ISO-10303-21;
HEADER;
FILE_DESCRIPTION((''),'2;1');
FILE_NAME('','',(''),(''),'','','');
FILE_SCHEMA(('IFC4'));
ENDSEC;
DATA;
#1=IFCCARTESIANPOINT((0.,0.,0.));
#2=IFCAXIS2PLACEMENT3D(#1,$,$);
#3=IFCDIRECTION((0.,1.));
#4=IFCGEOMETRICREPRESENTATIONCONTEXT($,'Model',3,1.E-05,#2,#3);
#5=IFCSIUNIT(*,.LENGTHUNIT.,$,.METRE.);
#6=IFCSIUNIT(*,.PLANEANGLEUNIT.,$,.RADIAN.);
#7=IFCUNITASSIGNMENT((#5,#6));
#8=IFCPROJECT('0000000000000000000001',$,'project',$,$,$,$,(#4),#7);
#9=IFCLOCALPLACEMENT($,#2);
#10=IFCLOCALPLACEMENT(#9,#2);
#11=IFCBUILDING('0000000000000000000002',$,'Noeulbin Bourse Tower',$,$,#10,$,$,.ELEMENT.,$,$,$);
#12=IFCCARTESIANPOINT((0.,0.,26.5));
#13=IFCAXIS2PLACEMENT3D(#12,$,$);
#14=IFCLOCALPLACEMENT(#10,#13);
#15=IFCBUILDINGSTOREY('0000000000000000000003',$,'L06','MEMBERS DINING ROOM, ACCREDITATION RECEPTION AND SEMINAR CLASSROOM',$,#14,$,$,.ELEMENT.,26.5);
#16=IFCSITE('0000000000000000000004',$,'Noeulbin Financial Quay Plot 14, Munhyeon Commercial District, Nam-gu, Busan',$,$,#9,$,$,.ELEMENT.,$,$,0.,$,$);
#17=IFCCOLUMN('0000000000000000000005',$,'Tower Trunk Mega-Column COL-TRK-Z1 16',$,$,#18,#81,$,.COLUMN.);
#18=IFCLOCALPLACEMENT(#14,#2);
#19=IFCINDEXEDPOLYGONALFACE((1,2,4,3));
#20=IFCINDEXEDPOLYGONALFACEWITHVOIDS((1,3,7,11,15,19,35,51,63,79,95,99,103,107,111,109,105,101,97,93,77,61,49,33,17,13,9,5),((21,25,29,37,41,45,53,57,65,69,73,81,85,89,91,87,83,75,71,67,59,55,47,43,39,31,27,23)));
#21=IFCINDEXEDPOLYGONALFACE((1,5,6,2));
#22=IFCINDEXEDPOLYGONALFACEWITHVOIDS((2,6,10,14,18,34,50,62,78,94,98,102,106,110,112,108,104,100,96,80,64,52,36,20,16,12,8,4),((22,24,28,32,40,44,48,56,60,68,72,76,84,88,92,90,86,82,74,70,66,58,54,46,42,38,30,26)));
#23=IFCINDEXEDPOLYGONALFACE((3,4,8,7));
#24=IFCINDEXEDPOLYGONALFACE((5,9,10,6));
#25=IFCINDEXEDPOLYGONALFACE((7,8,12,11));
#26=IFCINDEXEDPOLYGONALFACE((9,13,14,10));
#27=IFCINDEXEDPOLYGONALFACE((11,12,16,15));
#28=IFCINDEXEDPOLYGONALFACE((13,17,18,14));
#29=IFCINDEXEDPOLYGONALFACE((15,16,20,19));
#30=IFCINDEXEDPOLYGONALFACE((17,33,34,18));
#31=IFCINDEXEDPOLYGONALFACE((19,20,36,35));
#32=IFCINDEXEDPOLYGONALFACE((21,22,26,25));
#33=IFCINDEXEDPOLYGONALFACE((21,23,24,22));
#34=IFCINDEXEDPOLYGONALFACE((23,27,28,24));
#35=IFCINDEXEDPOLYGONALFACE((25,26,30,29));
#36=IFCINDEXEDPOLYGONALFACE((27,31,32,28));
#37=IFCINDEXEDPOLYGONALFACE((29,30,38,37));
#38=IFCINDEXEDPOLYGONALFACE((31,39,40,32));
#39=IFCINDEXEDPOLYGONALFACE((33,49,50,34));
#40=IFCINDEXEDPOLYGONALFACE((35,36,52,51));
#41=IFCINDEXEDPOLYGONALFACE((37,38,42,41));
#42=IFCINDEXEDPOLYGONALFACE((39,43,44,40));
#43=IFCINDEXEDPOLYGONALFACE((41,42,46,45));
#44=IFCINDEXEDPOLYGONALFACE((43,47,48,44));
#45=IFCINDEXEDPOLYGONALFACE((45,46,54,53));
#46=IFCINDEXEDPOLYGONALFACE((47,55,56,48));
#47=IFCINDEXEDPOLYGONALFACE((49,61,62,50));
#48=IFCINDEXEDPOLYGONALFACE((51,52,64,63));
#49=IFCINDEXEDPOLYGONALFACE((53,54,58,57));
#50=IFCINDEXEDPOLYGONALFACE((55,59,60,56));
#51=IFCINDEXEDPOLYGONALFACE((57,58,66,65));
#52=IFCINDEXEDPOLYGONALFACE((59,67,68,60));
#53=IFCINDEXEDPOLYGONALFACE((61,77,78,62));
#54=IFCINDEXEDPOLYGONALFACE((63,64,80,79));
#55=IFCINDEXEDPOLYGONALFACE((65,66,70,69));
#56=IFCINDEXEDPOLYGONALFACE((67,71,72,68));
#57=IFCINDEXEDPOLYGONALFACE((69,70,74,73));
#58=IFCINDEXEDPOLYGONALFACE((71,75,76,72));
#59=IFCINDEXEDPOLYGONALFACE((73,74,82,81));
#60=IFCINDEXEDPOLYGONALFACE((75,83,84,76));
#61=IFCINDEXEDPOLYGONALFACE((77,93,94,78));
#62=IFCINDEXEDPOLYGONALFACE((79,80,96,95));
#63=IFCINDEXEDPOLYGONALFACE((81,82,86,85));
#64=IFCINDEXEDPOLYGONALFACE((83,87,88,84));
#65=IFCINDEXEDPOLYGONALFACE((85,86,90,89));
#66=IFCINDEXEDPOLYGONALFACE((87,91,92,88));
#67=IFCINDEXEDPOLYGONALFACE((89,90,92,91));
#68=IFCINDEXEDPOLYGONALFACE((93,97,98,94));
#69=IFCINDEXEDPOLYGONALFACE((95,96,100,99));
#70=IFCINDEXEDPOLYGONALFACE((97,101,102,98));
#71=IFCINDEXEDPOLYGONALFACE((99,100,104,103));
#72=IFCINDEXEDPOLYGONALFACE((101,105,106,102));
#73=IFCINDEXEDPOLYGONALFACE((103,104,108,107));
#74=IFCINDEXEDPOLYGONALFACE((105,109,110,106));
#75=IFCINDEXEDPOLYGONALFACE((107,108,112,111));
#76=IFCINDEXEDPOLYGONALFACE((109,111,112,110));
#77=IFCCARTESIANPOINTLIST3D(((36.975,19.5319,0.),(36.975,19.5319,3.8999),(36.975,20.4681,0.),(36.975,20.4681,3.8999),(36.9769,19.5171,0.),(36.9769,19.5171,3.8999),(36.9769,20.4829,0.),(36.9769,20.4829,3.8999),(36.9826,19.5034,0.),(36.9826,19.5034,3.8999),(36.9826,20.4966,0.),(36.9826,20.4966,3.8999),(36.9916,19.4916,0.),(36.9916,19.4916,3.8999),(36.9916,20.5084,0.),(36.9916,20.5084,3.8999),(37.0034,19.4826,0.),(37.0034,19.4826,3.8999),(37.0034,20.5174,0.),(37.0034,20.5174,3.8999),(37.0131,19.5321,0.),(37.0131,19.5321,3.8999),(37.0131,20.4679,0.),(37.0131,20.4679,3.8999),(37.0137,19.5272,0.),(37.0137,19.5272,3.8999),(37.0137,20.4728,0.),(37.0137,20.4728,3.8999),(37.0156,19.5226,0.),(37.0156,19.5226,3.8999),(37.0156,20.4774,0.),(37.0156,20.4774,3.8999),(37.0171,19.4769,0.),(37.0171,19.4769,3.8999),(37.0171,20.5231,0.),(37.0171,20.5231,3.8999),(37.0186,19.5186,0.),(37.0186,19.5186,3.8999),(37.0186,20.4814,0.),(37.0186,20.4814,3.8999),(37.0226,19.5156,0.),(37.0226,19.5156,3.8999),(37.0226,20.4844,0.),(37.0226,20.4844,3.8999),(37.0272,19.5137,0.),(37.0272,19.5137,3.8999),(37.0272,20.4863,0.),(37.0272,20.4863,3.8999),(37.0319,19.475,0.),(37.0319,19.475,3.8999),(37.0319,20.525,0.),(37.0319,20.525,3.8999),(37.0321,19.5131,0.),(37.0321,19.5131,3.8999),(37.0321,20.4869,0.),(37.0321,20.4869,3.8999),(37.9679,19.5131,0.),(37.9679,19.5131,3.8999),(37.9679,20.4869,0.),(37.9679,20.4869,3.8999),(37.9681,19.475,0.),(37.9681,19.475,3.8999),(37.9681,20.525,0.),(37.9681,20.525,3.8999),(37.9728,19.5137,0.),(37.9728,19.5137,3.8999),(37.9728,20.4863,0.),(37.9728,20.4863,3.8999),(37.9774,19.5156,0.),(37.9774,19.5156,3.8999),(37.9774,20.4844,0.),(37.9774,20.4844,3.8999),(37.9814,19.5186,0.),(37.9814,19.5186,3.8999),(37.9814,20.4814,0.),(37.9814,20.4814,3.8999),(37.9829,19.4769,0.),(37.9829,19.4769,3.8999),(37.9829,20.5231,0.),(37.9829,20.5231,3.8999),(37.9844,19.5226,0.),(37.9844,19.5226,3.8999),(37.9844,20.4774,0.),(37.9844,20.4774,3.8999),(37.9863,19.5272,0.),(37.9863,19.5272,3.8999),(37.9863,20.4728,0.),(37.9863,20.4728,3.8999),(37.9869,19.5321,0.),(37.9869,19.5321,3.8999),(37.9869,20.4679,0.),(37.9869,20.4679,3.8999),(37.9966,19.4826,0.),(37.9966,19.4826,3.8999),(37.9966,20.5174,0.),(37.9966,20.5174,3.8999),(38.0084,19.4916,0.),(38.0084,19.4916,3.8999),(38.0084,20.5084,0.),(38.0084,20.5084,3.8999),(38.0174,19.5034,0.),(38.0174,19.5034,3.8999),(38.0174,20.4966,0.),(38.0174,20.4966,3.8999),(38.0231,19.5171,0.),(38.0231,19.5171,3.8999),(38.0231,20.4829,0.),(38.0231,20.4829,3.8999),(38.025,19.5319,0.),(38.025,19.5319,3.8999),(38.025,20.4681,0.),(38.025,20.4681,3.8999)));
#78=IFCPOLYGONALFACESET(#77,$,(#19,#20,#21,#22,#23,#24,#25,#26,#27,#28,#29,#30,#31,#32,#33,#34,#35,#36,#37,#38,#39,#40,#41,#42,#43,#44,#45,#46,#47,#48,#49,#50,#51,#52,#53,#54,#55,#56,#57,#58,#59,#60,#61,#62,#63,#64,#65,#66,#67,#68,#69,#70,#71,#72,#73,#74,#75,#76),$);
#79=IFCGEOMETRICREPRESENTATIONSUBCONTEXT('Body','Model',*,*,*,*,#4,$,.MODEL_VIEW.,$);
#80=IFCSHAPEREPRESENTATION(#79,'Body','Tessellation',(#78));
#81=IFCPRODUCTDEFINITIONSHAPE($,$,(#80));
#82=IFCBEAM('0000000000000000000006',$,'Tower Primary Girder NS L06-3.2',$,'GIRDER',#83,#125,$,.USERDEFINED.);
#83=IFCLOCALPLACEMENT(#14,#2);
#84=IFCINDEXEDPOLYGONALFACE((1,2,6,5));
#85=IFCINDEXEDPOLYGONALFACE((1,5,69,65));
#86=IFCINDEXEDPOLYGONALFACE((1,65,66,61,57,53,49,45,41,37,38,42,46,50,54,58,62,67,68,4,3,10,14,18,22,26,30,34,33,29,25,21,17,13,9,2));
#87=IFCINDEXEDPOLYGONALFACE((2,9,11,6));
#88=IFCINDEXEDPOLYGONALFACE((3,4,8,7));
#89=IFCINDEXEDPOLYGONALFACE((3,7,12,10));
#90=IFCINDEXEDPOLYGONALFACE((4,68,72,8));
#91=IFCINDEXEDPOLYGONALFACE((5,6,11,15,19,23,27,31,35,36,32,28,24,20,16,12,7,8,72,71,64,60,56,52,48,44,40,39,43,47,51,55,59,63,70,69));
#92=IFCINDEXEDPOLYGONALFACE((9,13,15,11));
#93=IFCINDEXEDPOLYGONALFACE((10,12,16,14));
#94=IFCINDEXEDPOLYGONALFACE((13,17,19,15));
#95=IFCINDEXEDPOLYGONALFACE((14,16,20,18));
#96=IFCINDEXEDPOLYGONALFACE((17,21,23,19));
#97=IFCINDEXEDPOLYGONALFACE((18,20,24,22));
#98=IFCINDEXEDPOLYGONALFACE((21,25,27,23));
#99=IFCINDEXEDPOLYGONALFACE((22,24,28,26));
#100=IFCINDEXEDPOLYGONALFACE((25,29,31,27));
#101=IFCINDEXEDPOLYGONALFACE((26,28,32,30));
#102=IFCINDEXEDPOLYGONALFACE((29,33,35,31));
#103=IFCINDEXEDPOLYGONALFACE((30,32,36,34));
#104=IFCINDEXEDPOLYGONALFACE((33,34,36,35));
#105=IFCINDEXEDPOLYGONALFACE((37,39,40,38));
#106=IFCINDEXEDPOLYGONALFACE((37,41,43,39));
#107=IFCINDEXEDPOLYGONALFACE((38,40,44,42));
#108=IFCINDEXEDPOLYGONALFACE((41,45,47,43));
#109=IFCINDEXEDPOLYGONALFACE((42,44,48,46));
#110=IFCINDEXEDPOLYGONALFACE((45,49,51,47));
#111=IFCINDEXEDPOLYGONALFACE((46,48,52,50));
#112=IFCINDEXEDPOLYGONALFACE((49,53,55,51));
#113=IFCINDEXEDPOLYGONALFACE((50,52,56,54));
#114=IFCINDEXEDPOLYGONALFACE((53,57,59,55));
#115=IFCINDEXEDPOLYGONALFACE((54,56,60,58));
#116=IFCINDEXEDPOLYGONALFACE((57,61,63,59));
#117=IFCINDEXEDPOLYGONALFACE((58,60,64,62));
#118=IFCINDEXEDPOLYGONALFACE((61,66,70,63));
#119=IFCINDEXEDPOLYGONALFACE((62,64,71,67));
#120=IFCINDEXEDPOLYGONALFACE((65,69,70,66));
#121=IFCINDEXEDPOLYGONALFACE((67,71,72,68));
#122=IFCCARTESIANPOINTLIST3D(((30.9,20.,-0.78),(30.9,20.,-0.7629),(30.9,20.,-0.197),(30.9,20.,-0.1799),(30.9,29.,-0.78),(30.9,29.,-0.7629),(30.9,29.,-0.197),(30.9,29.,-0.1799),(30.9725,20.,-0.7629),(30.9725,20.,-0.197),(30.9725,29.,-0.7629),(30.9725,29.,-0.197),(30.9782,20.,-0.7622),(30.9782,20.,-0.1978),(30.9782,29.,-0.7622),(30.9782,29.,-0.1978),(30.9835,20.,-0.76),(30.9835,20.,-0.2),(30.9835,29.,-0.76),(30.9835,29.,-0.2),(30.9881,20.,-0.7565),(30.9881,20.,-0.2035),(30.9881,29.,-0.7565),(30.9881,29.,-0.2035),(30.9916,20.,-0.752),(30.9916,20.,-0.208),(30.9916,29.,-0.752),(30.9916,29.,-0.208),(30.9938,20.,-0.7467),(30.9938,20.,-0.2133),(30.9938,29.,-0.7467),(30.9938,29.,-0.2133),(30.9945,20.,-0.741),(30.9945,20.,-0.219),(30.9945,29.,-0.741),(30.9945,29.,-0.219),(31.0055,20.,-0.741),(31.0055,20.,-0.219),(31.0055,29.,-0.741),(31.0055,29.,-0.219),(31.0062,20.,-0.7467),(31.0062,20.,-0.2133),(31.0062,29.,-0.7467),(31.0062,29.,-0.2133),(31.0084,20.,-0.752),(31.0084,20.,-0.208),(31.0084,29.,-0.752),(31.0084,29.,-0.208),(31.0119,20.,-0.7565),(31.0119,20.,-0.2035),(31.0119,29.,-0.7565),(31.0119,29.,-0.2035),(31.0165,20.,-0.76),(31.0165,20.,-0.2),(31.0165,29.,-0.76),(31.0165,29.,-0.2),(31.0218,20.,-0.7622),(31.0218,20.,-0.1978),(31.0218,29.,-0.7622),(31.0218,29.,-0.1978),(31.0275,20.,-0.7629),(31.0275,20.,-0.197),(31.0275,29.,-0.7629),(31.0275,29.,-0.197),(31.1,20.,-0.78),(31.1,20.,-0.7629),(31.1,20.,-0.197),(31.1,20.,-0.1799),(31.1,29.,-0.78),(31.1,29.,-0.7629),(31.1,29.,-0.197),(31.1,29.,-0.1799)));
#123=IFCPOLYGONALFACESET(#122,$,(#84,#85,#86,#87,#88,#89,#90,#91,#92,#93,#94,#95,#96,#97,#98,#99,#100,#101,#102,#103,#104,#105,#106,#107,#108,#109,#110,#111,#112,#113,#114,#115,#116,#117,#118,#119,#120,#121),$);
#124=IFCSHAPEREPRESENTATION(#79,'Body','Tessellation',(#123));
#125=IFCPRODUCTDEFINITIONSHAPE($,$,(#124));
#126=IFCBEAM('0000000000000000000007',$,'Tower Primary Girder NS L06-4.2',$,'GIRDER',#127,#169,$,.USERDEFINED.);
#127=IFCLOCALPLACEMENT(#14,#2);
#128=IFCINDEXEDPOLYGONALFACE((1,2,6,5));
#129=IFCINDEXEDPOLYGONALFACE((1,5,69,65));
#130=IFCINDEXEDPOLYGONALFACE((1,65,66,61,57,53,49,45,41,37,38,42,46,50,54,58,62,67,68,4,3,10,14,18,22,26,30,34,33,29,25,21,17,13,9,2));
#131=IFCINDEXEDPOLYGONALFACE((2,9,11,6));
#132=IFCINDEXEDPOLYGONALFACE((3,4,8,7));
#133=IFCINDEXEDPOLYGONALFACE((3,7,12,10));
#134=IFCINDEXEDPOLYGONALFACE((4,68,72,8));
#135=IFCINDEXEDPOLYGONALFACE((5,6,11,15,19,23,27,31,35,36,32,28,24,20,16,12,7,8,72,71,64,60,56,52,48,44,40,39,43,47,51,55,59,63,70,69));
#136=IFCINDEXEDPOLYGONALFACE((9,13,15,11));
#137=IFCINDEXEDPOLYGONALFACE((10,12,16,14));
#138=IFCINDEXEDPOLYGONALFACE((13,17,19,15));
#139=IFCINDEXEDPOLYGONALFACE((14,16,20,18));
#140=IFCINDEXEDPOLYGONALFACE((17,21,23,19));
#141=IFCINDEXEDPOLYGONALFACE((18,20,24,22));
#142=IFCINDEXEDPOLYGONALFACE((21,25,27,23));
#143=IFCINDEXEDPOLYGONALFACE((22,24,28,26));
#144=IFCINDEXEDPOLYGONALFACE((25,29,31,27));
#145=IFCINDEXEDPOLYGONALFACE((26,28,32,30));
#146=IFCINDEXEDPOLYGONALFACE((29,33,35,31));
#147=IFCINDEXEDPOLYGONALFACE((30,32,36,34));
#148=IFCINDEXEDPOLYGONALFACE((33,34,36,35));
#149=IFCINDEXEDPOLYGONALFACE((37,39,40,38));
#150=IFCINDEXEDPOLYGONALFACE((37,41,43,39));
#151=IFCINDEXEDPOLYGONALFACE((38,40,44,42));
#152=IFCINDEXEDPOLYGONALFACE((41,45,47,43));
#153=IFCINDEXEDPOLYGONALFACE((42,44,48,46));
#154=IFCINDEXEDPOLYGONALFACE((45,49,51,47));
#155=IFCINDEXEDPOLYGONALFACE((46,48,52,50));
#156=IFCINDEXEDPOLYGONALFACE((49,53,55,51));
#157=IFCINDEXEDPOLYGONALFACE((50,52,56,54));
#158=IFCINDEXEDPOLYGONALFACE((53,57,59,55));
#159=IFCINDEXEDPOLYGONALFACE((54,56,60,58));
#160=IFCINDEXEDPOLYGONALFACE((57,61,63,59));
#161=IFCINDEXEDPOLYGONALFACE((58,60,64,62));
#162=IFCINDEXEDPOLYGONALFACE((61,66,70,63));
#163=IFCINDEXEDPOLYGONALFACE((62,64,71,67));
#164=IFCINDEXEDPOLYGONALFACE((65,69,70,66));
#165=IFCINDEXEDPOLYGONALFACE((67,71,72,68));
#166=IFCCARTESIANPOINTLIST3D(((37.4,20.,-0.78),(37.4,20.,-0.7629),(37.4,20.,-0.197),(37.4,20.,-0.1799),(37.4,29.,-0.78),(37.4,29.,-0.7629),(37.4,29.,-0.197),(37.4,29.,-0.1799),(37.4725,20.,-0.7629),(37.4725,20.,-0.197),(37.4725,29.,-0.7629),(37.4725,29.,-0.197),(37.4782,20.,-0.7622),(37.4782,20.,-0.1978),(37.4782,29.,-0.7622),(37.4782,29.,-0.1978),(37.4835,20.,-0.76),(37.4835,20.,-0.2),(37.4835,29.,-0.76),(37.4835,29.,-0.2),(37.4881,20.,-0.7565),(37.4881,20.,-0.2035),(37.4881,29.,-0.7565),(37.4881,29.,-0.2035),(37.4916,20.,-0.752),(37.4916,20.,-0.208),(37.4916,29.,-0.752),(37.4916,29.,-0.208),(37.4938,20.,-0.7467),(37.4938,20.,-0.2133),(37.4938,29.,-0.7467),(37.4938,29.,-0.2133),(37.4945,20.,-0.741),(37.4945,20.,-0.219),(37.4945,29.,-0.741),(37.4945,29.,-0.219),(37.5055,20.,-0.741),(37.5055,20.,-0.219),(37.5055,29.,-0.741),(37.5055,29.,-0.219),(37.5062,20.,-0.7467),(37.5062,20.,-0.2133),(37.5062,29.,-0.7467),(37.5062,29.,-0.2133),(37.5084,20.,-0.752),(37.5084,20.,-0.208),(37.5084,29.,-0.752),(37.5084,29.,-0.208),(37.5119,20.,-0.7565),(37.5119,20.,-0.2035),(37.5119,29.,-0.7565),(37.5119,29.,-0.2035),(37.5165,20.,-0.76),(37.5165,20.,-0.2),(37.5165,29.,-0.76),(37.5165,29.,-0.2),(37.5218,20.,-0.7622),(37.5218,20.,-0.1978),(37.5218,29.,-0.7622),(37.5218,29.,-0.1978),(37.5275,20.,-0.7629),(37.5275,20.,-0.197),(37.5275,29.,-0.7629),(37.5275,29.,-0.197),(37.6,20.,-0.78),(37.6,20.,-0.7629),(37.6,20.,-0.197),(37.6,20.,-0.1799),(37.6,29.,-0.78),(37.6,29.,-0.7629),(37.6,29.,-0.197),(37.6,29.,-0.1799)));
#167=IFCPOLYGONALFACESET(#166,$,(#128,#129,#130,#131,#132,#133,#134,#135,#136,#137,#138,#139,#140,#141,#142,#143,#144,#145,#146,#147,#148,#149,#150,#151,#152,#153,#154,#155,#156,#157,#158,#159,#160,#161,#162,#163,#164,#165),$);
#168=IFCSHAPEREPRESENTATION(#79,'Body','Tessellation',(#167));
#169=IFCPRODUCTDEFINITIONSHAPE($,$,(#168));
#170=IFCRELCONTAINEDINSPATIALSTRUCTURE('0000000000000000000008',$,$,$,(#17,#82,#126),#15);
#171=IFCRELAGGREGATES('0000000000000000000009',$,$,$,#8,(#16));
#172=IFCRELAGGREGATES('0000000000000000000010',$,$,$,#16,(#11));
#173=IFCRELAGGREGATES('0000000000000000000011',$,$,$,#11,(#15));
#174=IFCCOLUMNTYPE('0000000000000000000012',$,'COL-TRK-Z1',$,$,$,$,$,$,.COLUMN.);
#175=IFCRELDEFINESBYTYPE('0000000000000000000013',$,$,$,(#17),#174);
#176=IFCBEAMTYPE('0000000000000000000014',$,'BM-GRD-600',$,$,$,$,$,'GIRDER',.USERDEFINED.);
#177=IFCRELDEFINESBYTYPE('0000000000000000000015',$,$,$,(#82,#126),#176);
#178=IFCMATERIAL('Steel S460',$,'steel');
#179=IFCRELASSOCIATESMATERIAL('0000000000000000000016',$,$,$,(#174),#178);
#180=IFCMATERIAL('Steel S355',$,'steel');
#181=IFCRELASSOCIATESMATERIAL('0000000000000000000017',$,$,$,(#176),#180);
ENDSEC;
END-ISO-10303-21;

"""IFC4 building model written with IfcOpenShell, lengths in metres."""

from ifc_helpers import new_model, si_unit, direction, frame, origin, origin_2d, place, context, subcontext, project, spatial, hollow_rectangle, i_section, extrude, material, material_profile, profile_set, type_object, element, save


model = new_model("IFC4")

# Units and contexts
model_context = context("Model", 3, precision=1e-05, world=origin(), true_north=direction((0.0, 1.0)))
body_context = subcontext(model_context, "Body", "Model", "MODEL_VIEW")
ifc_project = project(units=[si_unit("LENGTHUNIT", "METRE"), si_unit("PLANEANGLEUNIT", "RADIAN")], contexts=[model_context])

# Site, building, storey
site_placement = place(None, origin())
site = spatial("IfcSite", under=ifc_project, at=site_placement, Name="Noeulbin Financial Quay Plot 14, Munhyeon Commercial District, Nam-gu, Busan", CompositionType="ELEMENT", RefElevation=0.0)
building_placement = place(site_placement, origin())
building = spatial("IfcBuilding", under=site, at=building_placement, Name="Noeulbin Bourse Tower", CompositionType="ELEMENT")
storey_placement = place(building_placement, frame((0.0, 0.0, 26.5)))
storey = spatial("IfcBuildingStorey", under=building, at=storey_placement, Name="L06", Description="MEMBERS DINING ROOM, ACCREDITATION RECEPTION AND SEMINAR CLASSROOM", CompositionType="ELEMENT", Elevation=26.5)

# Column
ifc_material_1 = material(Name="Steel S460", Category="steel")
ifc_material_profile_1 = material_profile(ifc_material_1, hollow_rectangle(XDim=1.05, YDim=1.05, WallThickness=0.0381, InnerFilletRadius=0.019, OuterFilletRadius=0.0569, at=origin_2d()), Name="BOX-1050x1050x38", Category="LoadBearing")
ifc_profile_set_1 = profile_set([ifc_material_profile_1], Name="Steel S460")
column_type = type_object("IfcColumnType", Name="COL-TRK-Z1", PredefinedType="COLUMN", material=ifc_profile_set_1)
for number, where, z_axis, x_axis, name in (
    (1, (37.5, 20.0, 0.0), (0.0, 0.0, 1.0), (1.0, 0.0, 0.0), "Tower Trunk Mega-Column COL-TRK-Z1 16"),
):
    element("IfcColumn", number, at=place(storey_placement, frame(where, z_axis=z_axis, x_axis=x_axis)), inside=storey, type_object=column_type, Name=name, PredefinedType="COLUMN", context=body_context, shape_type="SweptSolid", body=[
        extrude(hollow_rectangle(XDim=1.05, YDim=1.05, WallThickness=0.0381, InnerFilletRadius=0.019, OuterFilletRadius=0.0569, at=origin_2d()), origin(), (0.0, 0.0, 1.0), 3.8999),
    ])

# Beams
ifc_material_2 = material(Name="Steel S355", Category="steel")
ifc_material_profile_2 = material_profile(ifc_material_2, i_section(OverallWidth=0.2, OverallDepth=0.6001, WebThickness=0.011, FlangeThickness=0.0171, FilletRadius=0.022, at=origin_2d()), Name="H-600x200x11x17", Category="LoadBearing")
ifc_profile_set_2 = profile_set([ifc_material_profile_2], Name="Steel S355")
beam_type_1 = type_object("IfcBeamType", Name="BM-GRD-600", ElementType="GIRDER", PredefinedType="USERDEFINED", material=ifc_profile_set_2)
for number, where, z_axis, x_axis, name in (
    (2, (31.0, 20.0, -0.48), (0.0, 1.0, 0.0), (-1.0, 0.0, 0.0), "Tower Primary Girder NS L06-3.2"),
    (3, (37.5, 20.0, -0.48), (0.0, 1.0, 0.0), (-1.0, 0.0, 0.0), "Tower Primary Girder NS L06-4.2"),
):
    element("IfcBeam", number, at=place(storey_placement, frame(where, z_axis=z_axis, x_axis=x_axis)), inside=storey, type_object=beam_type_1, Name=name, ObjectType="GIRDER", PredefinedType="USERDEFINED", context=body_context, shape_type="SweptSolid", body=[
        extrude(i_section(OverallWidth=0.2, OverallDepth=0.6001, WebThickness=0.011, FlangeThickness=0.0171, FilletRadius=0.022, at=origin_2d()), origin(), (0.0, 0.0, 1.0), 9.0),
    ])

save(model, "model.ifc")
